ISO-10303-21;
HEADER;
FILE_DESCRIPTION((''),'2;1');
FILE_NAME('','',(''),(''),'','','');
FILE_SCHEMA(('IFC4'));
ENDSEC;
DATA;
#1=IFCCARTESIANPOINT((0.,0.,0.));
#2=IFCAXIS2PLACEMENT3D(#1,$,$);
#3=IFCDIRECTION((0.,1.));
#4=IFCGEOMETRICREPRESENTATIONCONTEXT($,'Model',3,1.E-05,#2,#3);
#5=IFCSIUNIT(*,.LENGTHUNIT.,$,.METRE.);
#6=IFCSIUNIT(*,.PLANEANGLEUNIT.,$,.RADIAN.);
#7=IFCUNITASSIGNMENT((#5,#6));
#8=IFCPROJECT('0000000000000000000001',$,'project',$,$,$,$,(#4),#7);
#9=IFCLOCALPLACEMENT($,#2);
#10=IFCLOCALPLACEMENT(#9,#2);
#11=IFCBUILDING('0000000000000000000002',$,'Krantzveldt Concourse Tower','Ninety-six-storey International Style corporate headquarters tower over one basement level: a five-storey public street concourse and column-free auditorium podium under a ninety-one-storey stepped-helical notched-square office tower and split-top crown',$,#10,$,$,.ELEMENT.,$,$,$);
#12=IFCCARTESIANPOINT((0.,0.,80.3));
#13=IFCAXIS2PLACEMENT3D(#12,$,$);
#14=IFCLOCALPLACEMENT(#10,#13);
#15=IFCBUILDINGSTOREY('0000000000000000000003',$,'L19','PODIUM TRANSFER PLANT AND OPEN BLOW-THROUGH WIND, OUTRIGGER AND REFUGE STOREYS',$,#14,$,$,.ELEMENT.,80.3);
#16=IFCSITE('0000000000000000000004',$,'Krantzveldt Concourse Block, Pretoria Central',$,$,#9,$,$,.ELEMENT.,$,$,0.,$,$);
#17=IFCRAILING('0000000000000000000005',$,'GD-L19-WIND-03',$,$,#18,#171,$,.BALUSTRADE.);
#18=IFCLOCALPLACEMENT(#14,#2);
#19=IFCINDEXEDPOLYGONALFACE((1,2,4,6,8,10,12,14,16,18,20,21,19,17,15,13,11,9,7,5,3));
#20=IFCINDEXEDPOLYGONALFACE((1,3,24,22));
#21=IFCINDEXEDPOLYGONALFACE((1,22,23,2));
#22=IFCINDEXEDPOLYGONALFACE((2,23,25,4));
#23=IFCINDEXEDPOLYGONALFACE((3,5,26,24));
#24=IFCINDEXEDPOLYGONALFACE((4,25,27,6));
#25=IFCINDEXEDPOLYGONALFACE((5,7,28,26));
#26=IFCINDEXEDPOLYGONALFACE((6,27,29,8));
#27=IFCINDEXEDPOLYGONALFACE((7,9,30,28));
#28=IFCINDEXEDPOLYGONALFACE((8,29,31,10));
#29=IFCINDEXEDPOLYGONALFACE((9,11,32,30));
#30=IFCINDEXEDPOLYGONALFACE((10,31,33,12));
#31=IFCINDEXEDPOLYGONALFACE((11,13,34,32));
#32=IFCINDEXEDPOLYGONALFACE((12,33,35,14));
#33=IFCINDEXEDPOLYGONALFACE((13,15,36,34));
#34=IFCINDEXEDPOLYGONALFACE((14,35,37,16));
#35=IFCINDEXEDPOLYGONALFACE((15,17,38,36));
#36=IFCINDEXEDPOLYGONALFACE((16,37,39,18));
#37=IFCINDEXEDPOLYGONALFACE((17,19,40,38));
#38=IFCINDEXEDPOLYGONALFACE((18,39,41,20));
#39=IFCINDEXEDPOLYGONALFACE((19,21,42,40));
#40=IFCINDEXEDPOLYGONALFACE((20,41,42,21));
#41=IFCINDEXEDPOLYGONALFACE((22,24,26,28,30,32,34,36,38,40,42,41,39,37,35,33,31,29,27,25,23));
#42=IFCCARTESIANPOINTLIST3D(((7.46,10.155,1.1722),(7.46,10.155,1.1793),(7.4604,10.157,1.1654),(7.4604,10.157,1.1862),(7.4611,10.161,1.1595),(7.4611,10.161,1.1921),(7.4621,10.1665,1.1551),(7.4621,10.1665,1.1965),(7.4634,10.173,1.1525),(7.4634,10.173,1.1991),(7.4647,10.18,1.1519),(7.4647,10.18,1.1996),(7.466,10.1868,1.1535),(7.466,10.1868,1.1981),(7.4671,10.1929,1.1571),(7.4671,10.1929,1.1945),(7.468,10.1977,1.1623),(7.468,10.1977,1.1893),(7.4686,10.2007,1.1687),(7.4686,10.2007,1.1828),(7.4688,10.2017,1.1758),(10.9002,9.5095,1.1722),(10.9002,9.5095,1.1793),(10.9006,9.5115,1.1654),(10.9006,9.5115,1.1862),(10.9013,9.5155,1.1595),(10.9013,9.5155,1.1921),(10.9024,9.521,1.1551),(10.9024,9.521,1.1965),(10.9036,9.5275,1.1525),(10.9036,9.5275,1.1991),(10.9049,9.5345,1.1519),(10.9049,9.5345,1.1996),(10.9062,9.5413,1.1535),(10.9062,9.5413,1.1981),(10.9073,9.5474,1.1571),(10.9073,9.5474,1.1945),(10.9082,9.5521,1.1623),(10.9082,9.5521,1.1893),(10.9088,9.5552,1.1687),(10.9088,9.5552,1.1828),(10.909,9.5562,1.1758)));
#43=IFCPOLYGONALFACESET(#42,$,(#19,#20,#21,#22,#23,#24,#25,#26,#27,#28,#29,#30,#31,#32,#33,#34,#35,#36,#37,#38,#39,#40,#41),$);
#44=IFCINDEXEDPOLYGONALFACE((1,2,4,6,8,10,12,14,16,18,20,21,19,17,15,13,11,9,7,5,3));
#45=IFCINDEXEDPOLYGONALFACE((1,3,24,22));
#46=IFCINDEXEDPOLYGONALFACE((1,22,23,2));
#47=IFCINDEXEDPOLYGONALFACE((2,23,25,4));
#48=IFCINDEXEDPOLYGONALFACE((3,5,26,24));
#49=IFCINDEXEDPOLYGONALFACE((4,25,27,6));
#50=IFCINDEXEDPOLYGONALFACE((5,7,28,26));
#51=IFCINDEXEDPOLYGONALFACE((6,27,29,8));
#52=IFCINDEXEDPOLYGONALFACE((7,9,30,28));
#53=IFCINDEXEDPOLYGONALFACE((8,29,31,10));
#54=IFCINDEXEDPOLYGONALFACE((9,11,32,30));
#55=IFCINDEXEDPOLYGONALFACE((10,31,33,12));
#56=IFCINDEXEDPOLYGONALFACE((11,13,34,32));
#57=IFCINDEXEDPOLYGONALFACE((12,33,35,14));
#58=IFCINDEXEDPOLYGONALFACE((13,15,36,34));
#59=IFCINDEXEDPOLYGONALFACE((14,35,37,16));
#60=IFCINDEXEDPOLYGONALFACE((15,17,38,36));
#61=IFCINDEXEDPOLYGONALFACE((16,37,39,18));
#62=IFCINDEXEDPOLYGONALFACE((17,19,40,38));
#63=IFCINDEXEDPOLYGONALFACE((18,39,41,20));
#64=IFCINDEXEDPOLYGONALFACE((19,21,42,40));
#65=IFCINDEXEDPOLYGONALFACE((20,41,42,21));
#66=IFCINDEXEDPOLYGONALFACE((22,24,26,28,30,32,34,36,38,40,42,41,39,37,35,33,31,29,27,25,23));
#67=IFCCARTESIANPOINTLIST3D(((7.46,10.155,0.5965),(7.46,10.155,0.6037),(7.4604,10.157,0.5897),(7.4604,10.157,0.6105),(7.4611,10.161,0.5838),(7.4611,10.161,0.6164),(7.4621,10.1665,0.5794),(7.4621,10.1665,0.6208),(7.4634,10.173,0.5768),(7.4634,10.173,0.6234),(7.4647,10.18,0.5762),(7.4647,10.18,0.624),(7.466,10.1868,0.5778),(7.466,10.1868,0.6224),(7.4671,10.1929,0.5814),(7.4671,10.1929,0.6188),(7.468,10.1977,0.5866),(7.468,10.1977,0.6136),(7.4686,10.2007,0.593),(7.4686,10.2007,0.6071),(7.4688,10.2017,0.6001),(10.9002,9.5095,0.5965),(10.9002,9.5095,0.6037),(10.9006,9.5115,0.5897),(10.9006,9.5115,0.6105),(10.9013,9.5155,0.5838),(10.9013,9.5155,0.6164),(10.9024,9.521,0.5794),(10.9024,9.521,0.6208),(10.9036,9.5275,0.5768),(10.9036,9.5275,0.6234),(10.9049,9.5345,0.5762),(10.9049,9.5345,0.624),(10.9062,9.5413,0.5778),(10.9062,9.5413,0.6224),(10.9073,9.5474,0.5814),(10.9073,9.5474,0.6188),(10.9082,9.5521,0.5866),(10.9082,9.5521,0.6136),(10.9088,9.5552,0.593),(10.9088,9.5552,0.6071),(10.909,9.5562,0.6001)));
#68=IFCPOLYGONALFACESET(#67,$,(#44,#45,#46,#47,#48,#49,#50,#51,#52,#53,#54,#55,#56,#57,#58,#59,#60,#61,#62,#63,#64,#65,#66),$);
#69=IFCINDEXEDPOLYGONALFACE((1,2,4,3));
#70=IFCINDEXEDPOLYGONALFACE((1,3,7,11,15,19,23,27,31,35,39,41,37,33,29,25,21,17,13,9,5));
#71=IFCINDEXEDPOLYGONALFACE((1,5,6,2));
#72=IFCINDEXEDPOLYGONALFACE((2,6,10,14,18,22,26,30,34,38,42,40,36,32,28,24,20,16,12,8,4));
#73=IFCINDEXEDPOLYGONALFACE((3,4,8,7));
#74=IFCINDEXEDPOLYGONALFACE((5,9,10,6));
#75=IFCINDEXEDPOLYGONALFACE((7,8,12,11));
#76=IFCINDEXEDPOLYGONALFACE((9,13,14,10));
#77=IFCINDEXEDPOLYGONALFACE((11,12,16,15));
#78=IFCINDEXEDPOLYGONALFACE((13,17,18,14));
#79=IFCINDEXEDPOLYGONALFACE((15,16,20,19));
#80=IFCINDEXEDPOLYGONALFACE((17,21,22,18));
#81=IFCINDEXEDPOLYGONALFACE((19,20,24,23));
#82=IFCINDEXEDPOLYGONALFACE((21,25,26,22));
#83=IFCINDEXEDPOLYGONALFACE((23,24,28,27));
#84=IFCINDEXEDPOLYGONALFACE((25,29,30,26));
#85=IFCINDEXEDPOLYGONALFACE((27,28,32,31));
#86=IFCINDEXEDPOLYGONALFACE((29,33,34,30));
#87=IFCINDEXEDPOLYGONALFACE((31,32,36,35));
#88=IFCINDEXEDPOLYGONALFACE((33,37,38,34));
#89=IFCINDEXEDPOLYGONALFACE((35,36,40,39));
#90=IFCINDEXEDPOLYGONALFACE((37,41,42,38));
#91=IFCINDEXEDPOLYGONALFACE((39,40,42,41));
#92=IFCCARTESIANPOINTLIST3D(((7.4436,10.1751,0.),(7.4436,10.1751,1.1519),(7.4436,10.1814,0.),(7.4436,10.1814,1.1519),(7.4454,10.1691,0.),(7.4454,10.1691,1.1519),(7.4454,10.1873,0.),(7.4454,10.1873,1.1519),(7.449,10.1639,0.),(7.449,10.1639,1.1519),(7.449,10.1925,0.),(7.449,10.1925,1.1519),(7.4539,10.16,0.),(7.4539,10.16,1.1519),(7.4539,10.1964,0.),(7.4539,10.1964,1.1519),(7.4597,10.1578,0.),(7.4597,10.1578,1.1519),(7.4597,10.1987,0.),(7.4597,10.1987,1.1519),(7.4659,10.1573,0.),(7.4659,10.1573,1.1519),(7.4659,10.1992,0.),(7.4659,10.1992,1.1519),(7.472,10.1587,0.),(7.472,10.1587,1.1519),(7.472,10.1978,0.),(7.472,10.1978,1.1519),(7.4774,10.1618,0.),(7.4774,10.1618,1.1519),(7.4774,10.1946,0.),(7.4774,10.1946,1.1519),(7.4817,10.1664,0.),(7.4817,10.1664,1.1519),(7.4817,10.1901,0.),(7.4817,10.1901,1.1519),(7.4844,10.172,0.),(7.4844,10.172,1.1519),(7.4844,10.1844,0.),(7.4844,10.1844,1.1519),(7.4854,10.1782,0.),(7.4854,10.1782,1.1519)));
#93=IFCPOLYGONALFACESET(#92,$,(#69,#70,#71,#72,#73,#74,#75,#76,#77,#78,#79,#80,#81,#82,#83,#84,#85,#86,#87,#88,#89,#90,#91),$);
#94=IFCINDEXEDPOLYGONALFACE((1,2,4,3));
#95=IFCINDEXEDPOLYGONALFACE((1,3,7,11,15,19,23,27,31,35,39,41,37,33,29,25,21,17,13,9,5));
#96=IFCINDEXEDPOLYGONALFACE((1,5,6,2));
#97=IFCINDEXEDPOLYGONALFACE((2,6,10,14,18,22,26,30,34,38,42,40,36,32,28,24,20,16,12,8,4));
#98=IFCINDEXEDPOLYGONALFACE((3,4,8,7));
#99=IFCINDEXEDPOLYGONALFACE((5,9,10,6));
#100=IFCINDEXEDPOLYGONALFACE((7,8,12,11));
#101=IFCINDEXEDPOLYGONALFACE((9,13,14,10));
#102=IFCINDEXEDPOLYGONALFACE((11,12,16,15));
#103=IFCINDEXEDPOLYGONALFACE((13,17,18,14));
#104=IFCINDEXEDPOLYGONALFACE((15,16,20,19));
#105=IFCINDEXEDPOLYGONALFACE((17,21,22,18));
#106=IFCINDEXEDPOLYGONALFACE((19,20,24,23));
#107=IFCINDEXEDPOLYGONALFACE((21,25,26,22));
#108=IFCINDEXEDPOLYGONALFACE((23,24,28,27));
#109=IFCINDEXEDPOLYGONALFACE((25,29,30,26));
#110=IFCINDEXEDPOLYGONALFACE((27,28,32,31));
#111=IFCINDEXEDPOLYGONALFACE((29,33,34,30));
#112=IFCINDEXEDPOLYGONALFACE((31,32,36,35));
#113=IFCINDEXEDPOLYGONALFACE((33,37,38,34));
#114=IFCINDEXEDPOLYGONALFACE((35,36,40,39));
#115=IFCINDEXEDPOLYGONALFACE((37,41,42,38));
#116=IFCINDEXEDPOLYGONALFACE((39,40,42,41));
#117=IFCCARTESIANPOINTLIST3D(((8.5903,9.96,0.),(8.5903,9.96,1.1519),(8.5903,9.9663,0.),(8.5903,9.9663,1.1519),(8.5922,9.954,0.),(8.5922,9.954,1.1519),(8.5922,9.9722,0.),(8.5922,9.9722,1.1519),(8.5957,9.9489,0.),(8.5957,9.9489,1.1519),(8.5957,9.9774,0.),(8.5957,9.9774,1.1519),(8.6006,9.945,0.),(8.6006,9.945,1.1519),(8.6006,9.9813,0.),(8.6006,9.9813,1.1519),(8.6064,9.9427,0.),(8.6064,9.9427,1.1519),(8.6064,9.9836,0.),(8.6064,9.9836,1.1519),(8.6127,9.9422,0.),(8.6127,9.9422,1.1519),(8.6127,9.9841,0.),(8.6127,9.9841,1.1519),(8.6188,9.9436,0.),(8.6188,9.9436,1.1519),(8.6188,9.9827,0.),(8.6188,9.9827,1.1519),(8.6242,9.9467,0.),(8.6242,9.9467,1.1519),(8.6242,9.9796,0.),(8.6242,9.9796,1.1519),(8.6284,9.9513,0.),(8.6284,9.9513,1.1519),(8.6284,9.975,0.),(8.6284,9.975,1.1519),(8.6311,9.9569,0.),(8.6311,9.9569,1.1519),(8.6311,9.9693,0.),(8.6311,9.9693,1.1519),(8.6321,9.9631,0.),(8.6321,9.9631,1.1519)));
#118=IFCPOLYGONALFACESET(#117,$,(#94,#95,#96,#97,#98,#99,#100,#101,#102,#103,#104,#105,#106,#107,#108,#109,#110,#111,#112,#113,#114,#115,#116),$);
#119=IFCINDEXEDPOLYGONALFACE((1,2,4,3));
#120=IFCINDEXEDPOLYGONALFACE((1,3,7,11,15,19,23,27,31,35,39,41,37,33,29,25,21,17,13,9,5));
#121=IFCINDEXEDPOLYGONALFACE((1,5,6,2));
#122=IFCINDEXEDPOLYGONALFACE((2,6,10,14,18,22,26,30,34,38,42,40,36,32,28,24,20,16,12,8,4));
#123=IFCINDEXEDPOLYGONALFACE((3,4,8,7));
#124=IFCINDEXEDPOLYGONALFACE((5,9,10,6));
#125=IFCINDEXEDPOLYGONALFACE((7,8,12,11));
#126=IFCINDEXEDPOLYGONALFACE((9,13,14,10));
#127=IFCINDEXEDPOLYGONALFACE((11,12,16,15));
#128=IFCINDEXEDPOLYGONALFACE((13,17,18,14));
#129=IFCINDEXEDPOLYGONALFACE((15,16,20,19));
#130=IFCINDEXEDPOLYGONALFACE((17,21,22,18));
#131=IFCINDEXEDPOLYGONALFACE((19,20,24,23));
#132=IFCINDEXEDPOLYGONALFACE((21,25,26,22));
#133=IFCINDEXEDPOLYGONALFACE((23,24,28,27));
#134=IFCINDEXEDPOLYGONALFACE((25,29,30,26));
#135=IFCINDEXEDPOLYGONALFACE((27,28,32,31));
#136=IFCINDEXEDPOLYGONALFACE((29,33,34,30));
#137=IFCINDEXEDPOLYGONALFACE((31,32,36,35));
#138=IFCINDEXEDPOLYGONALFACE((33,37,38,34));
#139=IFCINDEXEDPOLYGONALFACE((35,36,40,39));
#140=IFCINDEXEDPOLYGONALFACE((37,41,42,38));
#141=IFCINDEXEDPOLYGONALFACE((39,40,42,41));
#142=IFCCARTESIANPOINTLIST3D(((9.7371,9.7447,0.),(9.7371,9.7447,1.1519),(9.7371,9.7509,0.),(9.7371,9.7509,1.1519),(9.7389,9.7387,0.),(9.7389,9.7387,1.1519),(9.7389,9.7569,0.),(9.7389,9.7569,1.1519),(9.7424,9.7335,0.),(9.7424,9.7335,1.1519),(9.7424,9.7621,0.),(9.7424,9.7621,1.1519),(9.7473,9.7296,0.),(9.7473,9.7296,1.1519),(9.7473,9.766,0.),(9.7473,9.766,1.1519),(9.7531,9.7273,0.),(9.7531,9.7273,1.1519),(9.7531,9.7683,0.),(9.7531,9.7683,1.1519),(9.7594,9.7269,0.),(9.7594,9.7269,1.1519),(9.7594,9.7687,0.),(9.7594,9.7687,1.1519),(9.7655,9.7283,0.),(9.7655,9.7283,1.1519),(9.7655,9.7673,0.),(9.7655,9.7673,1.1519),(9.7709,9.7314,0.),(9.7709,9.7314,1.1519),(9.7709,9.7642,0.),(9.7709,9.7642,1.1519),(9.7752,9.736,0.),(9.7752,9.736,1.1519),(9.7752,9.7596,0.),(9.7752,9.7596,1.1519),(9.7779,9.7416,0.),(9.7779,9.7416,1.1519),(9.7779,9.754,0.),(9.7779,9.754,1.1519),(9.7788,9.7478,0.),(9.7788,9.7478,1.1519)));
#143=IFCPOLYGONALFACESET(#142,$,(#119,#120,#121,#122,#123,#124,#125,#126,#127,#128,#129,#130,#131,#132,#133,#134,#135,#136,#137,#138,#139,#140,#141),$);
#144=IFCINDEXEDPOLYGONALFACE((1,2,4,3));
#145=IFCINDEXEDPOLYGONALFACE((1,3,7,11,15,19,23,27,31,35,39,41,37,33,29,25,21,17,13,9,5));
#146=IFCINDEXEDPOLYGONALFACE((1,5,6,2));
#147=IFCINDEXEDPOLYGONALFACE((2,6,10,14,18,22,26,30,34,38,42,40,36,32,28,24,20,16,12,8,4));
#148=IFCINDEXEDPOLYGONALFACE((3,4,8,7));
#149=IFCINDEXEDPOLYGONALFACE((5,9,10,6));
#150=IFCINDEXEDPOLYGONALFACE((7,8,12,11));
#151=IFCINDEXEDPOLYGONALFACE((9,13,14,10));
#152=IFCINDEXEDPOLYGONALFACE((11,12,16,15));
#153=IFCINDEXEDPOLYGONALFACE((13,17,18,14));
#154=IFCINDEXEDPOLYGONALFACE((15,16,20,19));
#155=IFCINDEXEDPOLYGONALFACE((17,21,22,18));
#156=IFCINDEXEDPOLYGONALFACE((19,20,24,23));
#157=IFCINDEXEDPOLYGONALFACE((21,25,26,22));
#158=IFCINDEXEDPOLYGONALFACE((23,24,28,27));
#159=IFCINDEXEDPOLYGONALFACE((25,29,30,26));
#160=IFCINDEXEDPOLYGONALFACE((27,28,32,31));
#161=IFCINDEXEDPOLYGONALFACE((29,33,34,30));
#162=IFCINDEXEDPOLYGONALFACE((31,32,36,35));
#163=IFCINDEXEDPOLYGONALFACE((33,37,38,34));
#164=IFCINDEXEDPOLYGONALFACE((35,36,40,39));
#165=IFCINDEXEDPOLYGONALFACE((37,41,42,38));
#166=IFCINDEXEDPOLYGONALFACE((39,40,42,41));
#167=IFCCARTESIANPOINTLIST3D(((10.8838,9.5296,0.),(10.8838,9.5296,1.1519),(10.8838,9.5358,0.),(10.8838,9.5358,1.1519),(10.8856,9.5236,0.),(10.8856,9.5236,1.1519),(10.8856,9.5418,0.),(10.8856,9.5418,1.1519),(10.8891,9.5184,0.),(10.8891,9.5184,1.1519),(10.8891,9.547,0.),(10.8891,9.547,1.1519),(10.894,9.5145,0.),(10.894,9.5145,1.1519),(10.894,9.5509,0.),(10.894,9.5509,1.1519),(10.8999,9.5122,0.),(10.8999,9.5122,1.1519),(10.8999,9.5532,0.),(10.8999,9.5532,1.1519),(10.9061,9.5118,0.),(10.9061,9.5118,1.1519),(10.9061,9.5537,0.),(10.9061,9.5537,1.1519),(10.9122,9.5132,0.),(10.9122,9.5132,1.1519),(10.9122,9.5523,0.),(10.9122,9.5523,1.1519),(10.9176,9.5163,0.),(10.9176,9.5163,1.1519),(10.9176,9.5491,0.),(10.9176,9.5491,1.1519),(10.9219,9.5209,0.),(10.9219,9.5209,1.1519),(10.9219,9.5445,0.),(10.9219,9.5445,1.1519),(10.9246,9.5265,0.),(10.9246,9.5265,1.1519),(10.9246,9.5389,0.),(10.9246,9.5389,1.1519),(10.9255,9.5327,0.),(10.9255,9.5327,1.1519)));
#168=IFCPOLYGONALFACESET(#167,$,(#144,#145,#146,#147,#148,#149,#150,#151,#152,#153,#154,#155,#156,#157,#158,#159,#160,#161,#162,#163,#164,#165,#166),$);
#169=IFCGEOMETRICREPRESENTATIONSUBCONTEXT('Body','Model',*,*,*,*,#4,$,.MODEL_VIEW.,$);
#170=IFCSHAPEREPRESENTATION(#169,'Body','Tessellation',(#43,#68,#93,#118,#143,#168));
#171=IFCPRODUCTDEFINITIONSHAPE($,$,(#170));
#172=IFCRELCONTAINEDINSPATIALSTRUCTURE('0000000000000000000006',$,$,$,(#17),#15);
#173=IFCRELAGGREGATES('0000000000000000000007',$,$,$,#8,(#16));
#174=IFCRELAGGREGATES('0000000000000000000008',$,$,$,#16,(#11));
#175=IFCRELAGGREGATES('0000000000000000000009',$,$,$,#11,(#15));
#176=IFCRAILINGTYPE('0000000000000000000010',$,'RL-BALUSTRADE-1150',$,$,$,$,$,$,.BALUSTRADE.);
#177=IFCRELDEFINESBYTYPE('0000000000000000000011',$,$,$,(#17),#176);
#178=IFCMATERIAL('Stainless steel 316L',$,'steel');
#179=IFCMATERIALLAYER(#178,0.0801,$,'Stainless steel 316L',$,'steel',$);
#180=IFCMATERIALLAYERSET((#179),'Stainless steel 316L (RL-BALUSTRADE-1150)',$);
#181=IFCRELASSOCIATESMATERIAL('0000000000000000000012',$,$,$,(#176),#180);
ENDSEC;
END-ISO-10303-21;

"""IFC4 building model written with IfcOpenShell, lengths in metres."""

from ifc_helpers import new_model, si_unit, direction, frame, origin, origin_2d, place, context, subcontext, project, spatial, circle, extrude, material, layer, layer_set, type_object, element, save


model = new_model("IFC4")

# Units and contexts
model_context = context("Model", 3, precision=1e-05, world=origin(), true_north=direction((0.0, 1.0)))
body_context = subcontext(model_context, "Body", "Model", "MODEL_VIEW")
ifc_project = project(units=[si_unit("LENGTHUNIT", "METRE"), si_unit("PLANEANGLEUNIT", "RADIAN")], contexts=[model_context])

# Site, building, storey
site_placement = place(None, origin())
site = spatial("IfcSite", under=ifc_project, at=site_placement, Name="Krantzveldt Concourse Block, Pretoria Central", CompositionType="ELEMENT", RefElevation=0.0)
building_placement = place(site_placement, origin())
building = spatial("IfcBuilding", under=site, at=building_placement, Name="Krantzveldt Concourse Tower", Description="Ninety-six-storey International Style corporate headquarters tower over one basement level: a five-storey public street concourse and column-free auditorium podium under a ninety-one-storey stepped-helical notched-square office tower and split-top crown", CompositionType="ELEMENT")
storey_placement = place(building_placement, frame((0.0, 0.0, 80.3)))
storey = spatial("IfcBuildingStorey", under=building, at=storey_placement, Name="L19", Description="PODIUM TRANSFER PLANT AND OPEN BLOW-THROUGH WIND, OUTRIGGER AND REFUGE STOREYS", CompositionType="ELEMENT", Elevation=80.3)

# Railing
ifc_material_1 = material(Name="Stainless steel 316L", Category="steel")
ifc_layer_1 = layer(ifc_material_1, 0.0801, Name="Stainless steel 316L", Category="steel")
ifc_layer_set_1 = layer_set([ifc_layer_1], Name="Stainless steel 316L (RL-BALUSTRADE-1150)")
railing_type = type_object("IfcRailingType", Name="RL-BALUSTRADE-1150", PredefinedType="BALUSTRADE", material=ifc_layer_set_1)
railing_1_placement = place(storey_placement, frame((7.4644, 10.1782, 0.0)))
element("IfcRailing", 1, at=railing_1_placement, inside=storey, type_object=railing_type, Name="GD-L19-WIND-03", PredefinedType="BALUSTRADE", context=body_context, shape_type="SweptSolid", body=[
    extrude(circle(Radius=0.0239, at=origin_2d()), frame((0.0, 0.0, 1.1758), z_axis=(0.982848, -0.184419, 0.0), x_axis=(0.184419, 0.982848, 0.0)), (0.0, 0.0, 1.0), 3.5002),
    extrude(circle(Radius=0.0239, at=origin_2d()), frame((0.0, 0.0, 0.6001), z_axis=(0.982848, -0.184419, 0.0), x_axis=(0.184419, 0.982848, 0.0)), (0.0, 0.0, 1.0), 3.5002),
    extrude(circle(Radius=0.021, at=origin_2d()), origin(), (0.0, 0.0, 1.0), 1.1519),
    extrude(circle(Radius=0.021, at=origin_2d()), frame((1.1467, -0.2151, 0.0)), (0.0, 0.0, 1.0), 1.1519),
    extrude(circle(Radius=0.021, at=origin_2d()), frame((2.2935, -0.4304, 0.0)), (0.0, 0.0, 1.0), 1.1519),
    extrude(circle(Radius=0.021, at=origin_2d()), frame((3.4402, -0.6455, 0.0)), (0.0, 0.0, 1.0), 1.1519),
])

save(model, "model.ifc")
